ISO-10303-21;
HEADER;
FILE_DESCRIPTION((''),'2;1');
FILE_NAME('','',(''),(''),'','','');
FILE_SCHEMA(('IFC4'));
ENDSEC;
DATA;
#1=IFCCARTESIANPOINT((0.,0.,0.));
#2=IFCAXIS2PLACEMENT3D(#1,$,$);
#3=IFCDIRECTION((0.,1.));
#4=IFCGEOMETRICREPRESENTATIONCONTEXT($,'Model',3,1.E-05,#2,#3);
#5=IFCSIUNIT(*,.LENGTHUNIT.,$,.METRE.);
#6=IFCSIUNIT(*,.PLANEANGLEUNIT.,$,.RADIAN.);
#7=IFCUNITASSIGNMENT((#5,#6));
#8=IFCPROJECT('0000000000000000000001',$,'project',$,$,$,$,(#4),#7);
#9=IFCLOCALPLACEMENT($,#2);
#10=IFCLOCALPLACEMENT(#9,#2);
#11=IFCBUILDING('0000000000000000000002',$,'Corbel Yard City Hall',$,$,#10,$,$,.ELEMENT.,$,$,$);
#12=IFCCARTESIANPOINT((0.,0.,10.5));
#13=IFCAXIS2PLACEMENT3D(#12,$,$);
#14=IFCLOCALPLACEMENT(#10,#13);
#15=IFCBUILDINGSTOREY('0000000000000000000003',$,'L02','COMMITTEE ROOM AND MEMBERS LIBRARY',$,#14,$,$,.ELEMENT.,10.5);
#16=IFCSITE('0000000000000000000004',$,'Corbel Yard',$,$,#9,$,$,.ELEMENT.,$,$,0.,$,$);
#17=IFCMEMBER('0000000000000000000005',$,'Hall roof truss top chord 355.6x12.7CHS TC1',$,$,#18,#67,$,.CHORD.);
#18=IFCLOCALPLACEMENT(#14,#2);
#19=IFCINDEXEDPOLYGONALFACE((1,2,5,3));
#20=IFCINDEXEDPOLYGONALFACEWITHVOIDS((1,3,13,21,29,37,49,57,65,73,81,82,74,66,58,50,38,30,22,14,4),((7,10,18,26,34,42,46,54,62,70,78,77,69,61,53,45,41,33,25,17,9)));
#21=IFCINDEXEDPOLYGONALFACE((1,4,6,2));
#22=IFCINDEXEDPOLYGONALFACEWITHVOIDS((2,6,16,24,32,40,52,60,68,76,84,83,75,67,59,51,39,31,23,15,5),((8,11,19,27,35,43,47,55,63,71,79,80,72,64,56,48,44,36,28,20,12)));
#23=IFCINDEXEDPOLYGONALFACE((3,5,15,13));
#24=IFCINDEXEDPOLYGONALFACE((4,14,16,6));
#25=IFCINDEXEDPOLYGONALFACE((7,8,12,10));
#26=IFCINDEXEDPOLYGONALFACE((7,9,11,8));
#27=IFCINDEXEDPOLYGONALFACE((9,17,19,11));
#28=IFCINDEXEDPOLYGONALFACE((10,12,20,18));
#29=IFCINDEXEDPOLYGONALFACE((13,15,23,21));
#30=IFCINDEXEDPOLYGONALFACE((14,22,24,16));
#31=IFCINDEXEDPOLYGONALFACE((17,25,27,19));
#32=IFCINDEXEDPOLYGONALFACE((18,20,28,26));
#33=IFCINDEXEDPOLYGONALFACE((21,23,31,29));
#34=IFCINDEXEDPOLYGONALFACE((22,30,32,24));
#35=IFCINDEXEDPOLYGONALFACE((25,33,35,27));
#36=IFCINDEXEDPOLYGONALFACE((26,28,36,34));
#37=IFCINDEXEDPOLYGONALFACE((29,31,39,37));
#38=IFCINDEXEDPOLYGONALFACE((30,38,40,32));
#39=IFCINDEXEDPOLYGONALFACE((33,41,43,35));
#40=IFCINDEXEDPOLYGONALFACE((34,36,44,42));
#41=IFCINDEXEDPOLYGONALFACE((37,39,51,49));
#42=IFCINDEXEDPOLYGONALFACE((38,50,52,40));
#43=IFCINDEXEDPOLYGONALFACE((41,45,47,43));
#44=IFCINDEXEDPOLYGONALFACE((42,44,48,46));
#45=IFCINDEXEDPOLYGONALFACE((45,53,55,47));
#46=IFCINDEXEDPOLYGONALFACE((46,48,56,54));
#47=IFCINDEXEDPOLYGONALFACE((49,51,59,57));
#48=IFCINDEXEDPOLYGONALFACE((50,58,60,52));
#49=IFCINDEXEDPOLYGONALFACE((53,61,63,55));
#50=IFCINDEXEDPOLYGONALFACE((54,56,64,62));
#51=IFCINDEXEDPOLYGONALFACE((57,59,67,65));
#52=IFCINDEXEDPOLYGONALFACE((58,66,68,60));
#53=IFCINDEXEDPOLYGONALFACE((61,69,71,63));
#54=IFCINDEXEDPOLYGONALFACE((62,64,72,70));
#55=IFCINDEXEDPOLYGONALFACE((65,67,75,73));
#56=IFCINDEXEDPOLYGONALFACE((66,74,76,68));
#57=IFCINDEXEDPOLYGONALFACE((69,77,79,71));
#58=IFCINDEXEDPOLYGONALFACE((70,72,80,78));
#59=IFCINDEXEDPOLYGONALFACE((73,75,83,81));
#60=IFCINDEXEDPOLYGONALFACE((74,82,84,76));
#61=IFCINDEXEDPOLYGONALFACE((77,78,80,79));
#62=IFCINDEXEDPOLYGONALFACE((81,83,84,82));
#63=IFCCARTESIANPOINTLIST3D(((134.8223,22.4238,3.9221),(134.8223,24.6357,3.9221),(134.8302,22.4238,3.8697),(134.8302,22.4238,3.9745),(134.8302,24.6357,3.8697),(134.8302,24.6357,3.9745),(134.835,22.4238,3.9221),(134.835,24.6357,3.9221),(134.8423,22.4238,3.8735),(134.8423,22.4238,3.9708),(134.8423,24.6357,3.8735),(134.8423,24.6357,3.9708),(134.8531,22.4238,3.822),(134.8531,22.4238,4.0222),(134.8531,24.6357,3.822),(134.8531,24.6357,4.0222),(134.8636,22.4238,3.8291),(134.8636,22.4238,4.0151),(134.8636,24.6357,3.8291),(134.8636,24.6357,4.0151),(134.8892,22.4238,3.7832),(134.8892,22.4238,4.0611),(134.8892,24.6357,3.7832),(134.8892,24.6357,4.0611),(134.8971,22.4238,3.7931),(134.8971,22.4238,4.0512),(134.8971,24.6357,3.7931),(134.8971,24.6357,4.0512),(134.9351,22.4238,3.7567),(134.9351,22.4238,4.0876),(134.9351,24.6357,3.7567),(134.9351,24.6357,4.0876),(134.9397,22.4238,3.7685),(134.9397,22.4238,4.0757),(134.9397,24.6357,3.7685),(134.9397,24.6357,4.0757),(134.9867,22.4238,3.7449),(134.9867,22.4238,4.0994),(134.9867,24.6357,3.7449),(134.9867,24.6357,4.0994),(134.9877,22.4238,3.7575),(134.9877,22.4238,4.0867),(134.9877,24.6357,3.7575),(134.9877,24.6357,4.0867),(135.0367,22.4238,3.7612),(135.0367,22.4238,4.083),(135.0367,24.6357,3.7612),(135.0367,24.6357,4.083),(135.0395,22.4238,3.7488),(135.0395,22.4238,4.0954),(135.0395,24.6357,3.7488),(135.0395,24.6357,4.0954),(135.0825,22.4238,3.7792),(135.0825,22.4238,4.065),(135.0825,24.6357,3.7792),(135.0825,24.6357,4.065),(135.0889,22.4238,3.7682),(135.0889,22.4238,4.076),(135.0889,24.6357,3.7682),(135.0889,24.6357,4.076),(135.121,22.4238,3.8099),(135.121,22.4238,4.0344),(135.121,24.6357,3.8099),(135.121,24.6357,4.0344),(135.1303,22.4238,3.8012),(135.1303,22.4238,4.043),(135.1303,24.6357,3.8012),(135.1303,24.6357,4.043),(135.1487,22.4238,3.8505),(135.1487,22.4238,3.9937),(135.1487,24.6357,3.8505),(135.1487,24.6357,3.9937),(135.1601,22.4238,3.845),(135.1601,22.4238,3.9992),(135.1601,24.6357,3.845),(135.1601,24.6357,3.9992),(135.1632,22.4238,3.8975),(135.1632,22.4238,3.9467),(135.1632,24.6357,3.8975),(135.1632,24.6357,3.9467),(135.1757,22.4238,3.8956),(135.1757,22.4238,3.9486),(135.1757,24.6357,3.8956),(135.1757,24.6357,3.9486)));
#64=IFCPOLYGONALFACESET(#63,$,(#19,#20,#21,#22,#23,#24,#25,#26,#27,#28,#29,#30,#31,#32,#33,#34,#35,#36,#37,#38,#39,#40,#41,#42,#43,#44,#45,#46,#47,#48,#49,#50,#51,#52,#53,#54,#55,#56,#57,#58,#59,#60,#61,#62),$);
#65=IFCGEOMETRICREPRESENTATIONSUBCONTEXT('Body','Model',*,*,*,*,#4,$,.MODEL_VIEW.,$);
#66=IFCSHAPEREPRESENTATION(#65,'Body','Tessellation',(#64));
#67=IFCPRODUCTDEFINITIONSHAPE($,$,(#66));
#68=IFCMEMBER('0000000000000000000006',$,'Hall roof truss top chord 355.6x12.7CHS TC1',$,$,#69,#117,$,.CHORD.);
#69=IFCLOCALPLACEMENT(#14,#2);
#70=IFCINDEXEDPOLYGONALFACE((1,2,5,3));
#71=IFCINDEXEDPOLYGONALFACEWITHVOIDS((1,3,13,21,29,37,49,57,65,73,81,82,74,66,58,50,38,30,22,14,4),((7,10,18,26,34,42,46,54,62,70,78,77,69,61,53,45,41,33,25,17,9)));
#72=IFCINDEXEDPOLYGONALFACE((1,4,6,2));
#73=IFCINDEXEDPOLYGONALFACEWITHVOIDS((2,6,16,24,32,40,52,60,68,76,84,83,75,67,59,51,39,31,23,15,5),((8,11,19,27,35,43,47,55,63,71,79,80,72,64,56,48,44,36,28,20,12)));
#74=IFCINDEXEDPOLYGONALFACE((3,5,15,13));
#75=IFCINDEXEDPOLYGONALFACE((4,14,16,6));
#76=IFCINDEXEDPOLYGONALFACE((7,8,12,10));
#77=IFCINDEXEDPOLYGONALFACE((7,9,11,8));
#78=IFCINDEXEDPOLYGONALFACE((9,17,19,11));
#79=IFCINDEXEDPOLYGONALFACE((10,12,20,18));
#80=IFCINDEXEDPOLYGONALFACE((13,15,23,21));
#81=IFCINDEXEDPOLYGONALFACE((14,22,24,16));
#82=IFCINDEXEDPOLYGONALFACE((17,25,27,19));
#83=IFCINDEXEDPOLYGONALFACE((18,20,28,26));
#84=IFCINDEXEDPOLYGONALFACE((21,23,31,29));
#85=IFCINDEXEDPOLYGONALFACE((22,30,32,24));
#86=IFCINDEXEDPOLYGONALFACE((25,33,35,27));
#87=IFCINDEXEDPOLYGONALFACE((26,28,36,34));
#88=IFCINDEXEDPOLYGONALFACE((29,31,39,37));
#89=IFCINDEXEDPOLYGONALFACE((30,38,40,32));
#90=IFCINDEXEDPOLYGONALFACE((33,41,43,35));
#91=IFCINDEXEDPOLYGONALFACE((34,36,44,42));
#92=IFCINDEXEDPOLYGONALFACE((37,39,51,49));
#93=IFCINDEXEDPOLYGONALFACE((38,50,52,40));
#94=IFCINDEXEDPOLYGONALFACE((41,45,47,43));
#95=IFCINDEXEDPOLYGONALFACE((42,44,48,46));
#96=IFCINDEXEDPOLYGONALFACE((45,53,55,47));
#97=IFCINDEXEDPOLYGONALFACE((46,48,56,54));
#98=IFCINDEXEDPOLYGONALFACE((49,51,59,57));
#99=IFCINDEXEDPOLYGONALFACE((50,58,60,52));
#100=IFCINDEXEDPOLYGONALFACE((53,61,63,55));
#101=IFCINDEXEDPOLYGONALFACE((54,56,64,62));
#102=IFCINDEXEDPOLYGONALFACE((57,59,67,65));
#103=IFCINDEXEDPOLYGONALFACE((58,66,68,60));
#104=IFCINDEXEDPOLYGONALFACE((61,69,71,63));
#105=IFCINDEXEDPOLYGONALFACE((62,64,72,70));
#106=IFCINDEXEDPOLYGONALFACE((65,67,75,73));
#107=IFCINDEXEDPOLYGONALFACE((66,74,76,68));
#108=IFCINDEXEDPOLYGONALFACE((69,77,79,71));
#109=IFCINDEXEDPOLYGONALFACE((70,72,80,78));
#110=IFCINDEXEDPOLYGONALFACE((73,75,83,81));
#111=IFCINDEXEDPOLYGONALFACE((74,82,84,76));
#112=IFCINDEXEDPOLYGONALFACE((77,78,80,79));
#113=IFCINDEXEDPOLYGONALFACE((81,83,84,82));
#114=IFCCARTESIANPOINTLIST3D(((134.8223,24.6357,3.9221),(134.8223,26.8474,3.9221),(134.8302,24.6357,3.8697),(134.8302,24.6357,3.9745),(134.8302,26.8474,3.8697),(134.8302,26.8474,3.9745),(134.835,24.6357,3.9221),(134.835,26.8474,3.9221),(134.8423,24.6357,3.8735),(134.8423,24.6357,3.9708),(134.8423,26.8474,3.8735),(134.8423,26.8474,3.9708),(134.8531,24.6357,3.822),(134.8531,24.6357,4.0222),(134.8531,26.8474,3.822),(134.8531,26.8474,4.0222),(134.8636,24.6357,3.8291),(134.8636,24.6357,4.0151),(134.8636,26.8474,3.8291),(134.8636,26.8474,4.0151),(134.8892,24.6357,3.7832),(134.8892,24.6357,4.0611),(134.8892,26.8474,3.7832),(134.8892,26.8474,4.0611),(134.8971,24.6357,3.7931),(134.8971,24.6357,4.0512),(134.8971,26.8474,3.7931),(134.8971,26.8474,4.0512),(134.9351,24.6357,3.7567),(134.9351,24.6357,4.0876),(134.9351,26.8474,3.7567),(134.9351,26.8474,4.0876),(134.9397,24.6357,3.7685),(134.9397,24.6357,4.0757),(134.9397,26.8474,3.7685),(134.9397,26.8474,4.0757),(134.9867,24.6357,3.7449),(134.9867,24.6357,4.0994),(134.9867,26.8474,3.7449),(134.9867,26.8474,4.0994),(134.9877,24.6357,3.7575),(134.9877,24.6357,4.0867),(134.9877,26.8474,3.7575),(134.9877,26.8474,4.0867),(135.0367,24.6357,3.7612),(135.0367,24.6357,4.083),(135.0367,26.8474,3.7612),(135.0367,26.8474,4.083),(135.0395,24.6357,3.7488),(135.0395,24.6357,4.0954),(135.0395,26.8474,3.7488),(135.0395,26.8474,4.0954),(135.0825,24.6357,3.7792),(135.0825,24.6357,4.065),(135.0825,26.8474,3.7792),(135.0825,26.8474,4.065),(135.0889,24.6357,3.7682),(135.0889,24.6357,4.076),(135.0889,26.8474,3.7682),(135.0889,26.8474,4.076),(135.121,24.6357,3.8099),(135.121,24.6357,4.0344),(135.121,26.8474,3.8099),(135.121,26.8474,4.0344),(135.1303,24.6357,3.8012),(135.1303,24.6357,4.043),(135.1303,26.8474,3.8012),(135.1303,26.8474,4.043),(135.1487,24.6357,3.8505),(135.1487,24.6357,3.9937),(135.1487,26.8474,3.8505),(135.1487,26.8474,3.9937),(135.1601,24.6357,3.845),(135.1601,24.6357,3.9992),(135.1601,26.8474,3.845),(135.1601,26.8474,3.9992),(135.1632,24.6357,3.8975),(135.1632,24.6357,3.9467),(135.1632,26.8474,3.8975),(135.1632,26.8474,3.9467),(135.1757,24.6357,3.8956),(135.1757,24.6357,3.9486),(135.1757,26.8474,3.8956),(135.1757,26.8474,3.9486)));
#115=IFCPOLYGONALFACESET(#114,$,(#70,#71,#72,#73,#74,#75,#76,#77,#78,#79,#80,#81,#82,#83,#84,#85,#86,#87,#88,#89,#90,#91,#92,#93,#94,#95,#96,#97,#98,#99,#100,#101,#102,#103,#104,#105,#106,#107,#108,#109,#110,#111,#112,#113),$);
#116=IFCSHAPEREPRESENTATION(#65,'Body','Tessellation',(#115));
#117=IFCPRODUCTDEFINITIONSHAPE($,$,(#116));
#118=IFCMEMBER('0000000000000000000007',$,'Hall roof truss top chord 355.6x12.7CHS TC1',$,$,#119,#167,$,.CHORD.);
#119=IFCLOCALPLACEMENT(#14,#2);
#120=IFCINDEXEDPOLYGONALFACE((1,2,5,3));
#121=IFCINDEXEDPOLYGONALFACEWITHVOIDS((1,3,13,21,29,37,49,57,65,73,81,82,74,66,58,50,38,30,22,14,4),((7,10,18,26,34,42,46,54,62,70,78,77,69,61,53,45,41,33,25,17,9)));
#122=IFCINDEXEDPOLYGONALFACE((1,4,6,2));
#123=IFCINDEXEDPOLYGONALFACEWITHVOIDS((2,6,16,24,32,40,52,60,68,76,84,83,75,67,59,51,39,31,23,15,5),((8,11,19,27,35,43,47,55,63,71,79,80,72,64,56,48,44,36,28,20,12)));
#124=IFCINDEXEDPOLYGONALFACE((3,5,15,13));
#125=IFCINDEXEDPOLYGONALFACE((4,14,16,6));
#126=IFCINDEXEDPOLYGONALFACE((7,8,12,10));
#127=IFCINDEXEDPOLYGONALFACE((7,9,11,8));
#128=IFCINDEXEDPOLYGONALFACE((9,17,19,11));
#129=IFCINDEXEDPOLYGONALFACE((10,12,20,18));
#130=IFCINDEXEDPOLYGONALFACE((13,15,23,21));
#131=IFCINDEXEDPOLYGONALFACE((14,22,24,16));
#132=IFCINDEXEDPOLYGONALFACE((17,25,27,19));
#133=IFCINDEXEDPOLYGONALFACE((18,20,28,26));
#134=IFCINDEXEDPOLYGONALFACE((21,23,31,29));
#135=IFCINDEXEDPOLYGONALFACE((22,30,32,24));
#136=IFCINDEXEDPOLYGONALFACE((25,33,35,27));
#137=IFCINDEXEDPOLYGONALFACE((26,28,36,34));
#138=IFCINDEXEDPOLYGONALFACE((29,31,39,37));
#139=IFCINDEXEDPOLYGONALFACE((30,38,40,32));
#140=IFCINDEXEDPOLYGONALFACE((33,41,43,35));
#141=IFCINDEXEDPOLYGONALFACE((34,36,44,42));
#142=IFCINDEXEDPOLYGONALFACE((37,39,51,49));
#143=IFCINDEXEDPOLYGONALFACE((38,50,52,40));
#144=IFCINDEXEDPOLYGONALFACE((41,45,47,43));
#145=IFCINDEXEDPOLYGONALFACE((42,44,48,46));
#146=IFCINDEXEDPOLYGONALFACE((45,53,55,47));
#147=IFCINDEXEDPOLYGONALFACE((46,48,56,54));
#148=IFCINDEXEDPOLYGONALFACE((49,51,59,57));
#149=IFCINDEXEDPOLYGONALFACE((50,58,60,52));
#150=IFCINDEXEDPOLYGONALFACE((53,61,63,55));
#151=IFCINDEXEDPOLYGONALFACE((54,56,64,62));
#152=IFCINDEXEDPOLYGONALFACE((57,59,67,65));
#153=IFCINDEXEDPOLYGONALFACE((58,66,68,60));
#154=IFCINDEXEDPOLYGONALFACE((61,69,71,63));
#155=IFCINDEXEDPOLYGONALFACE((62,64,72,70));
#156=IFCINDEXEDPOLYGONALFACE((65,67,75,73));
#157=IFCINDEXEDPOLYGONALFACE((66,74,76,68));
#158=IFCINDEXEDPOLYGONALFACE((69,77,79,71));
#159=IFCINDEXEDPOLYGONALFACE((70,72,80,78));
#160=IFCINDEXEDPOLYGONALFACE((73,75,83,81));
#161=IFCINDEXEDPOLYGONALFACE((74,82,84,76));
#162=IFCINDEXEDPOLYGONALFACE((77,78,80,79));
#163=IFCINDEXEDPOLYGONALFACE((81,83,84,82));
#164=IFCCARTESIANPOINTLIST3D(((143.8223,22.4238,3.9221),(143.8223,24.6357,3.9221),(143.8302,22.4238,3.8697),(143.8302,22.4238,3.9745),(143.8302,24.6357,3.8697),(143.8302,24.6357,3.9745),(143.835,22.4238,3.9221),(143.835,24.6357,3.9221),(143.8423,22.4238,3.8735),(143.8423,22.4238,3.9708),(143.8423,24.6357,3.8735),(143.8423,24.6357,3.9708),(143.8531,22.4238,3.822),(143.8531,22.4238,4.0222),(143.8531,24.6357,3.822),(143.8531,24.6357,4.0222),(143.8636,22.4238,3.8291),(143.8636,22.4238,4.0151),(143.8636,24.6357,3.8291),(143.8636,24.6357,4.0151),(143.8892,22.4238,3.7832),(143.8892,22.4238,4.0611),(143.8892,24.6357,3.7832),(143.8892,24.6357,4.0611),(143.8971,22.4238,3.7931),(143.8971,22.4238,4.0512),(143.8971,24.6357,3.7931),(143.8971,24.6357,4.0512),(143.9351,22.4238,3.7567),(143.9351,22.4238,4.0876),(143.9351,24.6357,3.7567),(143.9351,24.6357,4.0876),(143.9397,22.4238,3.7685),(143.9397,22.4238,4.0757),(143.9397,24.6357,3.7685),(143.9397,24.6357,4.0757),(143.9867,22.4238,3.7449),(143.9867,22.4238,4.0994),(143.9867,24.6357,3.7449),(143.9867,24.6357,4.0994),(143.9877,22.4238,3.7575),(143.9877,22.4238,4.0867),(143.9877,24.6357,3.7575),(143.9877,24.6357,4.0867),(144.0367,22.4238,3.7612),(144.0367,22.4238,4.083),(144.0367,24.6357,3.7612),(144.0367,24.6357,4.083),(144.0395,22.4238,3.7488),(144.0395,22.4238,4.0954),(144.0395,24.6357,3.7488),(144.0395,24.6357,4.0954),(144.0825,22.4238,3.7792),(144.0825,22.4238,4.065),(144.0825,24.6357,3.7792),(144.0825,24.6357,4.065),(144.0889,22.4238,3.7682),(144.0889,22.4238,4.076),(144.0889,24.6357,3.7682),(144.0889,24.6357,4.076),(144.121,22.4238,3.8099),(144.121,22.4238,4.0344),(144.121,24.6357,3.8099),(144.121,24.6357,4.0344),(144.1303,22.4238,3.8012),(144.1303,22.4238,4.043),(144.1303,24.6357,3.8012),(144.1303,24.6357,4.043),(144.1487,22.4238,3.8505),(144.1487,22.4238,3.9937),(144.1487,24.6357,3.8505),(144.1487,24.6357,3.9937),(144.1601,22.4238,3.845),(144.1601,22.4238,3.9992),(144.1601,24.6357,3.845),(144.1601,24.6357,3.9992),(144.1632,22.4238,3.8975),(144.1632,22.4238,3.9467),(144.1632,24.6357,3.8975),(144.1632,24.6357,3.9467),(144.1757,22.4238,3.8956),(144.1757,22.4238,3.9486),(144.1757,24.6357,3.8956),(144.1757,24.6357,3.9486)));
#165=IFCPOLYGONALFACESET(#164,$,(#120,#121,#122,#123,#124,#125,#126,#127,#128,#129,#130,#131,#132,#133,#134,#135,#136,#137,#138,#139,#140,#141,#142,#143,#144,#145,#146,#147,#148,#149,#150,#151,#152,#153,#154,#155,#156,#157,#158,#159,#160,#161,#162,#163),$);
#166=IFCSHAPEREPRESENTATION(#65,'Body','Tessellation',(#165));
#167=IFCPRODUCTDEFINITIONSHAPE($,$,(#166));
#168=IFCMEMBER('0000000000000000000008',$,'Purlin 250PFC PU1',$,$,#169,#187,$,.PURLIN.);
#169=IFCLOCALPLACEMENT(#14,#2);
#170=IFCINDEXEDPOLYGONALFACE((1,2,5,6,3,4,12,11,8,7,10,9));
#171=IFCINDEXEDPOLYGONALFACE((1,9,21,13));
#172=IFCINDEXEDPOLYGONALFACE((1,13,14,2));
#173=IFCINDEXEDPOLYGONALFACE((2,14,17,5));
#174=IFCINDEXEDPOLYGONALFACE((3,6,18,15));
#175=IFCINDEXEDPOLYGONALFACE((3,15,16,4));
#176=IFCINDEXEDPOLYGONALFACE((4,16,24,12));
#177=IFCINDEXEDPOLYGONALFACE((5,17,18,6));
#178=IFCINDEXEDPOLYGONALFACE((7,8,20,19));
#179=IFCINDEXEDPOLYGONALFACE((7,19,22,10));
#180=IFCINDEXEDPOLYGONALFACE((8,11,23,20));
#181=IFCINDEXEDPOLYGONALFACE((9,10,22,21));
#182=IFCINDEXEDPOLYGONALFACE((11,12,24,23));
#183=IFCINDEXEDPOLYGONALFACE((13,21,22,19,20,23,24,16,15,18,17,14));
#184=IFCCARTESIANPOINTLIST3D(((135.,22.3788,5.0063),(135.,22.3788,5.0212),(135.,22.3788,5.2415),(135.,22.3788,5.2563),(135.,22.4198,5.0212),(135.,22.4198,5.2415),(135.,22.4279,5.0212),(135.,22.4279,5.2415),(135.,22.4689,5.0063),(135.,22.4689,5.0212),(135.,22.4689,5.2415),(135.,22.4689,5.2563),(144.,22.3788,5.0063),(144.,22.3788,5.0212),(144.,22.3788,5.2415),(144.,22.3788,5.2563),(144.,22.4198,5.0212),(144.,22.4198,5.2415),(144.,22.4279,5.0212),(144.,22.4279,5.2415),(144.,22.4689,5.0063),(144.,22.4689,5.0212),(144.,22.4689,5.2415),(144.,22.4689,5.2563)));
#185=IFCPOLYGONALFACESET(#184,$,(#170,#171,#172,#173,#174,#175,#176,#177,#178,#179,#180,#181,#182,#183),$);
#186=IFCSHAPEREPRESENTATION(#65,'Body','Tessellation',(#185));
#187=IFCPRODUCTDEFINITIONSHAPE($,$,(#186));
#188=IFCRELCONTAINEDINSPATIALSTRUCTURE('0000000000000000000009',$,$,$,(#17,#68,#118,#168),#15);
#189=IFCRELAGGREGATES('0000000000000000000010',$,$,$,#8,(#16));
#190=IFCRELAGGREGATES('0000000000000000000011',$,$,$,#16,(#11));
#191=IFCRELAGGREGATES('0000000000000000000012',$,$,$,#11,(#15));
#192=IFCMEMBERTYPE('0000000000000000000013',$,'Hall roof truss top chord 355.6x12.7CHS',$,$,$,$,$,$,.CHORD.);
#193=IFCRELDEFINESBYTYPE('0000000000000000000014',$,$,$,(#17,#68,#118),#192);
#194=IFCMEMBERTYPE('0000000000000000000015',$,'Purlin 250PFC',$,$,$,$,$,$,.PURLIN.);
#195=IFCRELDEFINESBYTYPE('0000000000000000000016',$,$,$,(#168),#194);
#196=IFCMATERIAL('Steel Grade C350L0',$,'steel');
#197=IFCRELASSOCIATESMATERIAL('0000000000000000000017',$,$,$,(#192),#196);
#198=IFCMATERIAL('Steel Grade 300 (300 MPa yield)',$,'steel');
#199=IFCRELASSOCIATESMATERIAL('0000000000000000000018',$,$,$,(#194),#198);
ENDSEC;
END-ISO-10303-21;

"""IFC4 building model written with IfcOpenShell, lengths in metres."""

from ifc_helpers import new_model, si_unit, direction, frame, origin, origin_2d, place, context, subcontext, project, spatial, hollow_circle, i_section, extrude, material, material_profile, profile_set, type_object, element, save


model = new_model("IFC4")

# Units and contexts
model_context = context("Model", 3, precision=1e-05, world=origin(), true_north=direction((0.0, 1.0)))
body_context = subcontext(model_context, "Body", "Model", "MODEL_VIEW")
ifc_project = project(units=[si_unit("LENGTHUNIT", "METRE"), si_unit("PLANEANGLEUNIT", "RADIAN")], contexts=[model_context])

# Site, building, storey
site_placement = place(None, origin())
site = spatial("IfcSite", under=ifc_project, at=site_placement, Name="Corbel Yard", CompositionType="ELEMENT", RefElevation=0.0)
building_placement = place(site_placement, origin())
building = spatial("IfcBuilding", under=site, at=building_placement, Name="Corbel Yard City Hall", CompositionType="ELEMENT")
storey_placement = place(building_placement, frame((0.0, 0.0, 10.5)))
storey = spatial("IfcBuildingStorey", under=building, at=storey_placement, Name="L02", Description="COMMITTEE ROOM AND MEMBERS LIBRARY", CompositionType="ELEMENT", Elevation=10.5)

# Members
ifc_material_1 = material(Name="Steel Grade 300 (300 MPa yield)", Category="steel")
ifc_material_2 = material(Name="Steel Grade C350L0", Category="steel")
ifc_material_profile_1 = material_profile(ifc_material_2, hollow_circle(Radius=0.1777, WallThickness=0.0127, at=origin_2d()), Name="355.6x12.7CHS")
ifc_profile_set_1 = profile_set([ifc_material_profile_1], Name="Steel Grade C350L0")
member_type_1 = type_object("IfcMemberType", Name="Hall roof truss top chord 355.6x12.7CHS", PredefinedType="CHORD", material=ifc_profile_set_1)
member_1_placement = place(storey_placement, frame((135.0, 22.4238, 3.9221), z_axis=(0.0, 1.0, 0.0), x_axis=(-1.0, 0.0, 0.0)))
element("IfcMember", 1, at=member_1_placement, inside=storey, type_object=member_type_1, Name="Hall roof truss top chord 355.6x12.7CHS TC1", PredefinedType="CHORD", context=body_context, shape_type="SweptSolid", body=[
    extrude(hollow_circle(Radius=0.1777, WallThickness=0.0127, at=origin_2d()), origin(), (0.0, 0.0, 1.0), 2.2119),
])
member_2_placement = place(storey_placement, frame((135.0, 24.6357, 3.9221), z_axis=(0.0, 1.0, 0.0), x_axis=(-1.0, 0.0, 0.0)))
element("IfcMember", 2, at=member_2_placement, inside=storey, type_object=member_type_1, Name="Hall roof truss top chord 355.6x12.7CHS TC1", PredefinedType="CHORD", context=body_context, shape_type="SweptSolid", body=[
    extrude(hollow_circle(Radius=0.1777, WallThickness=0.0127, at=origin_2d()), origin(), (0.0, 0.0, 1.0), 2.2117),
])
member_3_placement = place(storey_placement, frame((144.0, 22.4238, 3.9221), z_axis=(0.0, 1.0, 0.0), x_axis=(-1.0, 0.0, 0.0)))
element("IfcMember", 3, at=member_3_placement, inside=storey, type_object=member_type_1, Name="Hall roof truss top chord 355.6x12.7CHS TC1", PredefinedType="CHORD", context=body_context, shape_type="SweptSolid", body=[
    extrude(hollow_circle(Radius=0.1777, WallThickness=0.0127, at=origin_2d()), origin(), (0.0, 0.0, 1.0), 2.2119),
])
ifc_material_profile_2 = material_profile(ifc_material_1, i_section(OverallWidth=0.0901, OverallDepth=0.25, WebThickness=0.0081, FlangeThickness=0.0149, at=origin_2d()), Name="250PFC")
ifc_profile_set_2 = profile_set([ifc_material_profile_2], Name="Steel Grade 300 (300 MPa yield)")
member_type_2 = type_object("IfcMemberType", Name="Purlin 250PFC", PredefinedType="PURLIN", material=ifc_profile_set_2)
for number, where, z_axis, x_axis, name in (
    (4, (135.0, 22.4238, 5.1313), (1.0, 0.0, 0.0), (0.0, 1.0, 0.0), "Purlin 250PFC PU1"),
):
    element("IfcMember", number, at=place(storey_placement, frame(where, z_axis=z_axis, x_axis=x_axis)), inside=storey, type_object=member_type_2, Name=name, PredefinedType="PURLIN", context=body_context, shape_type="SweptSolid", body=[
        extrude(i_section(OverallWidth=0.0901, OverallDepth=0.25, WebThickness=0.0081, FlangeThickness=0.0149, at=origin_2d()), origin(), (0.0, 0.0, 1.0), 9.0),
    ])

save(model, "model.ifc")
